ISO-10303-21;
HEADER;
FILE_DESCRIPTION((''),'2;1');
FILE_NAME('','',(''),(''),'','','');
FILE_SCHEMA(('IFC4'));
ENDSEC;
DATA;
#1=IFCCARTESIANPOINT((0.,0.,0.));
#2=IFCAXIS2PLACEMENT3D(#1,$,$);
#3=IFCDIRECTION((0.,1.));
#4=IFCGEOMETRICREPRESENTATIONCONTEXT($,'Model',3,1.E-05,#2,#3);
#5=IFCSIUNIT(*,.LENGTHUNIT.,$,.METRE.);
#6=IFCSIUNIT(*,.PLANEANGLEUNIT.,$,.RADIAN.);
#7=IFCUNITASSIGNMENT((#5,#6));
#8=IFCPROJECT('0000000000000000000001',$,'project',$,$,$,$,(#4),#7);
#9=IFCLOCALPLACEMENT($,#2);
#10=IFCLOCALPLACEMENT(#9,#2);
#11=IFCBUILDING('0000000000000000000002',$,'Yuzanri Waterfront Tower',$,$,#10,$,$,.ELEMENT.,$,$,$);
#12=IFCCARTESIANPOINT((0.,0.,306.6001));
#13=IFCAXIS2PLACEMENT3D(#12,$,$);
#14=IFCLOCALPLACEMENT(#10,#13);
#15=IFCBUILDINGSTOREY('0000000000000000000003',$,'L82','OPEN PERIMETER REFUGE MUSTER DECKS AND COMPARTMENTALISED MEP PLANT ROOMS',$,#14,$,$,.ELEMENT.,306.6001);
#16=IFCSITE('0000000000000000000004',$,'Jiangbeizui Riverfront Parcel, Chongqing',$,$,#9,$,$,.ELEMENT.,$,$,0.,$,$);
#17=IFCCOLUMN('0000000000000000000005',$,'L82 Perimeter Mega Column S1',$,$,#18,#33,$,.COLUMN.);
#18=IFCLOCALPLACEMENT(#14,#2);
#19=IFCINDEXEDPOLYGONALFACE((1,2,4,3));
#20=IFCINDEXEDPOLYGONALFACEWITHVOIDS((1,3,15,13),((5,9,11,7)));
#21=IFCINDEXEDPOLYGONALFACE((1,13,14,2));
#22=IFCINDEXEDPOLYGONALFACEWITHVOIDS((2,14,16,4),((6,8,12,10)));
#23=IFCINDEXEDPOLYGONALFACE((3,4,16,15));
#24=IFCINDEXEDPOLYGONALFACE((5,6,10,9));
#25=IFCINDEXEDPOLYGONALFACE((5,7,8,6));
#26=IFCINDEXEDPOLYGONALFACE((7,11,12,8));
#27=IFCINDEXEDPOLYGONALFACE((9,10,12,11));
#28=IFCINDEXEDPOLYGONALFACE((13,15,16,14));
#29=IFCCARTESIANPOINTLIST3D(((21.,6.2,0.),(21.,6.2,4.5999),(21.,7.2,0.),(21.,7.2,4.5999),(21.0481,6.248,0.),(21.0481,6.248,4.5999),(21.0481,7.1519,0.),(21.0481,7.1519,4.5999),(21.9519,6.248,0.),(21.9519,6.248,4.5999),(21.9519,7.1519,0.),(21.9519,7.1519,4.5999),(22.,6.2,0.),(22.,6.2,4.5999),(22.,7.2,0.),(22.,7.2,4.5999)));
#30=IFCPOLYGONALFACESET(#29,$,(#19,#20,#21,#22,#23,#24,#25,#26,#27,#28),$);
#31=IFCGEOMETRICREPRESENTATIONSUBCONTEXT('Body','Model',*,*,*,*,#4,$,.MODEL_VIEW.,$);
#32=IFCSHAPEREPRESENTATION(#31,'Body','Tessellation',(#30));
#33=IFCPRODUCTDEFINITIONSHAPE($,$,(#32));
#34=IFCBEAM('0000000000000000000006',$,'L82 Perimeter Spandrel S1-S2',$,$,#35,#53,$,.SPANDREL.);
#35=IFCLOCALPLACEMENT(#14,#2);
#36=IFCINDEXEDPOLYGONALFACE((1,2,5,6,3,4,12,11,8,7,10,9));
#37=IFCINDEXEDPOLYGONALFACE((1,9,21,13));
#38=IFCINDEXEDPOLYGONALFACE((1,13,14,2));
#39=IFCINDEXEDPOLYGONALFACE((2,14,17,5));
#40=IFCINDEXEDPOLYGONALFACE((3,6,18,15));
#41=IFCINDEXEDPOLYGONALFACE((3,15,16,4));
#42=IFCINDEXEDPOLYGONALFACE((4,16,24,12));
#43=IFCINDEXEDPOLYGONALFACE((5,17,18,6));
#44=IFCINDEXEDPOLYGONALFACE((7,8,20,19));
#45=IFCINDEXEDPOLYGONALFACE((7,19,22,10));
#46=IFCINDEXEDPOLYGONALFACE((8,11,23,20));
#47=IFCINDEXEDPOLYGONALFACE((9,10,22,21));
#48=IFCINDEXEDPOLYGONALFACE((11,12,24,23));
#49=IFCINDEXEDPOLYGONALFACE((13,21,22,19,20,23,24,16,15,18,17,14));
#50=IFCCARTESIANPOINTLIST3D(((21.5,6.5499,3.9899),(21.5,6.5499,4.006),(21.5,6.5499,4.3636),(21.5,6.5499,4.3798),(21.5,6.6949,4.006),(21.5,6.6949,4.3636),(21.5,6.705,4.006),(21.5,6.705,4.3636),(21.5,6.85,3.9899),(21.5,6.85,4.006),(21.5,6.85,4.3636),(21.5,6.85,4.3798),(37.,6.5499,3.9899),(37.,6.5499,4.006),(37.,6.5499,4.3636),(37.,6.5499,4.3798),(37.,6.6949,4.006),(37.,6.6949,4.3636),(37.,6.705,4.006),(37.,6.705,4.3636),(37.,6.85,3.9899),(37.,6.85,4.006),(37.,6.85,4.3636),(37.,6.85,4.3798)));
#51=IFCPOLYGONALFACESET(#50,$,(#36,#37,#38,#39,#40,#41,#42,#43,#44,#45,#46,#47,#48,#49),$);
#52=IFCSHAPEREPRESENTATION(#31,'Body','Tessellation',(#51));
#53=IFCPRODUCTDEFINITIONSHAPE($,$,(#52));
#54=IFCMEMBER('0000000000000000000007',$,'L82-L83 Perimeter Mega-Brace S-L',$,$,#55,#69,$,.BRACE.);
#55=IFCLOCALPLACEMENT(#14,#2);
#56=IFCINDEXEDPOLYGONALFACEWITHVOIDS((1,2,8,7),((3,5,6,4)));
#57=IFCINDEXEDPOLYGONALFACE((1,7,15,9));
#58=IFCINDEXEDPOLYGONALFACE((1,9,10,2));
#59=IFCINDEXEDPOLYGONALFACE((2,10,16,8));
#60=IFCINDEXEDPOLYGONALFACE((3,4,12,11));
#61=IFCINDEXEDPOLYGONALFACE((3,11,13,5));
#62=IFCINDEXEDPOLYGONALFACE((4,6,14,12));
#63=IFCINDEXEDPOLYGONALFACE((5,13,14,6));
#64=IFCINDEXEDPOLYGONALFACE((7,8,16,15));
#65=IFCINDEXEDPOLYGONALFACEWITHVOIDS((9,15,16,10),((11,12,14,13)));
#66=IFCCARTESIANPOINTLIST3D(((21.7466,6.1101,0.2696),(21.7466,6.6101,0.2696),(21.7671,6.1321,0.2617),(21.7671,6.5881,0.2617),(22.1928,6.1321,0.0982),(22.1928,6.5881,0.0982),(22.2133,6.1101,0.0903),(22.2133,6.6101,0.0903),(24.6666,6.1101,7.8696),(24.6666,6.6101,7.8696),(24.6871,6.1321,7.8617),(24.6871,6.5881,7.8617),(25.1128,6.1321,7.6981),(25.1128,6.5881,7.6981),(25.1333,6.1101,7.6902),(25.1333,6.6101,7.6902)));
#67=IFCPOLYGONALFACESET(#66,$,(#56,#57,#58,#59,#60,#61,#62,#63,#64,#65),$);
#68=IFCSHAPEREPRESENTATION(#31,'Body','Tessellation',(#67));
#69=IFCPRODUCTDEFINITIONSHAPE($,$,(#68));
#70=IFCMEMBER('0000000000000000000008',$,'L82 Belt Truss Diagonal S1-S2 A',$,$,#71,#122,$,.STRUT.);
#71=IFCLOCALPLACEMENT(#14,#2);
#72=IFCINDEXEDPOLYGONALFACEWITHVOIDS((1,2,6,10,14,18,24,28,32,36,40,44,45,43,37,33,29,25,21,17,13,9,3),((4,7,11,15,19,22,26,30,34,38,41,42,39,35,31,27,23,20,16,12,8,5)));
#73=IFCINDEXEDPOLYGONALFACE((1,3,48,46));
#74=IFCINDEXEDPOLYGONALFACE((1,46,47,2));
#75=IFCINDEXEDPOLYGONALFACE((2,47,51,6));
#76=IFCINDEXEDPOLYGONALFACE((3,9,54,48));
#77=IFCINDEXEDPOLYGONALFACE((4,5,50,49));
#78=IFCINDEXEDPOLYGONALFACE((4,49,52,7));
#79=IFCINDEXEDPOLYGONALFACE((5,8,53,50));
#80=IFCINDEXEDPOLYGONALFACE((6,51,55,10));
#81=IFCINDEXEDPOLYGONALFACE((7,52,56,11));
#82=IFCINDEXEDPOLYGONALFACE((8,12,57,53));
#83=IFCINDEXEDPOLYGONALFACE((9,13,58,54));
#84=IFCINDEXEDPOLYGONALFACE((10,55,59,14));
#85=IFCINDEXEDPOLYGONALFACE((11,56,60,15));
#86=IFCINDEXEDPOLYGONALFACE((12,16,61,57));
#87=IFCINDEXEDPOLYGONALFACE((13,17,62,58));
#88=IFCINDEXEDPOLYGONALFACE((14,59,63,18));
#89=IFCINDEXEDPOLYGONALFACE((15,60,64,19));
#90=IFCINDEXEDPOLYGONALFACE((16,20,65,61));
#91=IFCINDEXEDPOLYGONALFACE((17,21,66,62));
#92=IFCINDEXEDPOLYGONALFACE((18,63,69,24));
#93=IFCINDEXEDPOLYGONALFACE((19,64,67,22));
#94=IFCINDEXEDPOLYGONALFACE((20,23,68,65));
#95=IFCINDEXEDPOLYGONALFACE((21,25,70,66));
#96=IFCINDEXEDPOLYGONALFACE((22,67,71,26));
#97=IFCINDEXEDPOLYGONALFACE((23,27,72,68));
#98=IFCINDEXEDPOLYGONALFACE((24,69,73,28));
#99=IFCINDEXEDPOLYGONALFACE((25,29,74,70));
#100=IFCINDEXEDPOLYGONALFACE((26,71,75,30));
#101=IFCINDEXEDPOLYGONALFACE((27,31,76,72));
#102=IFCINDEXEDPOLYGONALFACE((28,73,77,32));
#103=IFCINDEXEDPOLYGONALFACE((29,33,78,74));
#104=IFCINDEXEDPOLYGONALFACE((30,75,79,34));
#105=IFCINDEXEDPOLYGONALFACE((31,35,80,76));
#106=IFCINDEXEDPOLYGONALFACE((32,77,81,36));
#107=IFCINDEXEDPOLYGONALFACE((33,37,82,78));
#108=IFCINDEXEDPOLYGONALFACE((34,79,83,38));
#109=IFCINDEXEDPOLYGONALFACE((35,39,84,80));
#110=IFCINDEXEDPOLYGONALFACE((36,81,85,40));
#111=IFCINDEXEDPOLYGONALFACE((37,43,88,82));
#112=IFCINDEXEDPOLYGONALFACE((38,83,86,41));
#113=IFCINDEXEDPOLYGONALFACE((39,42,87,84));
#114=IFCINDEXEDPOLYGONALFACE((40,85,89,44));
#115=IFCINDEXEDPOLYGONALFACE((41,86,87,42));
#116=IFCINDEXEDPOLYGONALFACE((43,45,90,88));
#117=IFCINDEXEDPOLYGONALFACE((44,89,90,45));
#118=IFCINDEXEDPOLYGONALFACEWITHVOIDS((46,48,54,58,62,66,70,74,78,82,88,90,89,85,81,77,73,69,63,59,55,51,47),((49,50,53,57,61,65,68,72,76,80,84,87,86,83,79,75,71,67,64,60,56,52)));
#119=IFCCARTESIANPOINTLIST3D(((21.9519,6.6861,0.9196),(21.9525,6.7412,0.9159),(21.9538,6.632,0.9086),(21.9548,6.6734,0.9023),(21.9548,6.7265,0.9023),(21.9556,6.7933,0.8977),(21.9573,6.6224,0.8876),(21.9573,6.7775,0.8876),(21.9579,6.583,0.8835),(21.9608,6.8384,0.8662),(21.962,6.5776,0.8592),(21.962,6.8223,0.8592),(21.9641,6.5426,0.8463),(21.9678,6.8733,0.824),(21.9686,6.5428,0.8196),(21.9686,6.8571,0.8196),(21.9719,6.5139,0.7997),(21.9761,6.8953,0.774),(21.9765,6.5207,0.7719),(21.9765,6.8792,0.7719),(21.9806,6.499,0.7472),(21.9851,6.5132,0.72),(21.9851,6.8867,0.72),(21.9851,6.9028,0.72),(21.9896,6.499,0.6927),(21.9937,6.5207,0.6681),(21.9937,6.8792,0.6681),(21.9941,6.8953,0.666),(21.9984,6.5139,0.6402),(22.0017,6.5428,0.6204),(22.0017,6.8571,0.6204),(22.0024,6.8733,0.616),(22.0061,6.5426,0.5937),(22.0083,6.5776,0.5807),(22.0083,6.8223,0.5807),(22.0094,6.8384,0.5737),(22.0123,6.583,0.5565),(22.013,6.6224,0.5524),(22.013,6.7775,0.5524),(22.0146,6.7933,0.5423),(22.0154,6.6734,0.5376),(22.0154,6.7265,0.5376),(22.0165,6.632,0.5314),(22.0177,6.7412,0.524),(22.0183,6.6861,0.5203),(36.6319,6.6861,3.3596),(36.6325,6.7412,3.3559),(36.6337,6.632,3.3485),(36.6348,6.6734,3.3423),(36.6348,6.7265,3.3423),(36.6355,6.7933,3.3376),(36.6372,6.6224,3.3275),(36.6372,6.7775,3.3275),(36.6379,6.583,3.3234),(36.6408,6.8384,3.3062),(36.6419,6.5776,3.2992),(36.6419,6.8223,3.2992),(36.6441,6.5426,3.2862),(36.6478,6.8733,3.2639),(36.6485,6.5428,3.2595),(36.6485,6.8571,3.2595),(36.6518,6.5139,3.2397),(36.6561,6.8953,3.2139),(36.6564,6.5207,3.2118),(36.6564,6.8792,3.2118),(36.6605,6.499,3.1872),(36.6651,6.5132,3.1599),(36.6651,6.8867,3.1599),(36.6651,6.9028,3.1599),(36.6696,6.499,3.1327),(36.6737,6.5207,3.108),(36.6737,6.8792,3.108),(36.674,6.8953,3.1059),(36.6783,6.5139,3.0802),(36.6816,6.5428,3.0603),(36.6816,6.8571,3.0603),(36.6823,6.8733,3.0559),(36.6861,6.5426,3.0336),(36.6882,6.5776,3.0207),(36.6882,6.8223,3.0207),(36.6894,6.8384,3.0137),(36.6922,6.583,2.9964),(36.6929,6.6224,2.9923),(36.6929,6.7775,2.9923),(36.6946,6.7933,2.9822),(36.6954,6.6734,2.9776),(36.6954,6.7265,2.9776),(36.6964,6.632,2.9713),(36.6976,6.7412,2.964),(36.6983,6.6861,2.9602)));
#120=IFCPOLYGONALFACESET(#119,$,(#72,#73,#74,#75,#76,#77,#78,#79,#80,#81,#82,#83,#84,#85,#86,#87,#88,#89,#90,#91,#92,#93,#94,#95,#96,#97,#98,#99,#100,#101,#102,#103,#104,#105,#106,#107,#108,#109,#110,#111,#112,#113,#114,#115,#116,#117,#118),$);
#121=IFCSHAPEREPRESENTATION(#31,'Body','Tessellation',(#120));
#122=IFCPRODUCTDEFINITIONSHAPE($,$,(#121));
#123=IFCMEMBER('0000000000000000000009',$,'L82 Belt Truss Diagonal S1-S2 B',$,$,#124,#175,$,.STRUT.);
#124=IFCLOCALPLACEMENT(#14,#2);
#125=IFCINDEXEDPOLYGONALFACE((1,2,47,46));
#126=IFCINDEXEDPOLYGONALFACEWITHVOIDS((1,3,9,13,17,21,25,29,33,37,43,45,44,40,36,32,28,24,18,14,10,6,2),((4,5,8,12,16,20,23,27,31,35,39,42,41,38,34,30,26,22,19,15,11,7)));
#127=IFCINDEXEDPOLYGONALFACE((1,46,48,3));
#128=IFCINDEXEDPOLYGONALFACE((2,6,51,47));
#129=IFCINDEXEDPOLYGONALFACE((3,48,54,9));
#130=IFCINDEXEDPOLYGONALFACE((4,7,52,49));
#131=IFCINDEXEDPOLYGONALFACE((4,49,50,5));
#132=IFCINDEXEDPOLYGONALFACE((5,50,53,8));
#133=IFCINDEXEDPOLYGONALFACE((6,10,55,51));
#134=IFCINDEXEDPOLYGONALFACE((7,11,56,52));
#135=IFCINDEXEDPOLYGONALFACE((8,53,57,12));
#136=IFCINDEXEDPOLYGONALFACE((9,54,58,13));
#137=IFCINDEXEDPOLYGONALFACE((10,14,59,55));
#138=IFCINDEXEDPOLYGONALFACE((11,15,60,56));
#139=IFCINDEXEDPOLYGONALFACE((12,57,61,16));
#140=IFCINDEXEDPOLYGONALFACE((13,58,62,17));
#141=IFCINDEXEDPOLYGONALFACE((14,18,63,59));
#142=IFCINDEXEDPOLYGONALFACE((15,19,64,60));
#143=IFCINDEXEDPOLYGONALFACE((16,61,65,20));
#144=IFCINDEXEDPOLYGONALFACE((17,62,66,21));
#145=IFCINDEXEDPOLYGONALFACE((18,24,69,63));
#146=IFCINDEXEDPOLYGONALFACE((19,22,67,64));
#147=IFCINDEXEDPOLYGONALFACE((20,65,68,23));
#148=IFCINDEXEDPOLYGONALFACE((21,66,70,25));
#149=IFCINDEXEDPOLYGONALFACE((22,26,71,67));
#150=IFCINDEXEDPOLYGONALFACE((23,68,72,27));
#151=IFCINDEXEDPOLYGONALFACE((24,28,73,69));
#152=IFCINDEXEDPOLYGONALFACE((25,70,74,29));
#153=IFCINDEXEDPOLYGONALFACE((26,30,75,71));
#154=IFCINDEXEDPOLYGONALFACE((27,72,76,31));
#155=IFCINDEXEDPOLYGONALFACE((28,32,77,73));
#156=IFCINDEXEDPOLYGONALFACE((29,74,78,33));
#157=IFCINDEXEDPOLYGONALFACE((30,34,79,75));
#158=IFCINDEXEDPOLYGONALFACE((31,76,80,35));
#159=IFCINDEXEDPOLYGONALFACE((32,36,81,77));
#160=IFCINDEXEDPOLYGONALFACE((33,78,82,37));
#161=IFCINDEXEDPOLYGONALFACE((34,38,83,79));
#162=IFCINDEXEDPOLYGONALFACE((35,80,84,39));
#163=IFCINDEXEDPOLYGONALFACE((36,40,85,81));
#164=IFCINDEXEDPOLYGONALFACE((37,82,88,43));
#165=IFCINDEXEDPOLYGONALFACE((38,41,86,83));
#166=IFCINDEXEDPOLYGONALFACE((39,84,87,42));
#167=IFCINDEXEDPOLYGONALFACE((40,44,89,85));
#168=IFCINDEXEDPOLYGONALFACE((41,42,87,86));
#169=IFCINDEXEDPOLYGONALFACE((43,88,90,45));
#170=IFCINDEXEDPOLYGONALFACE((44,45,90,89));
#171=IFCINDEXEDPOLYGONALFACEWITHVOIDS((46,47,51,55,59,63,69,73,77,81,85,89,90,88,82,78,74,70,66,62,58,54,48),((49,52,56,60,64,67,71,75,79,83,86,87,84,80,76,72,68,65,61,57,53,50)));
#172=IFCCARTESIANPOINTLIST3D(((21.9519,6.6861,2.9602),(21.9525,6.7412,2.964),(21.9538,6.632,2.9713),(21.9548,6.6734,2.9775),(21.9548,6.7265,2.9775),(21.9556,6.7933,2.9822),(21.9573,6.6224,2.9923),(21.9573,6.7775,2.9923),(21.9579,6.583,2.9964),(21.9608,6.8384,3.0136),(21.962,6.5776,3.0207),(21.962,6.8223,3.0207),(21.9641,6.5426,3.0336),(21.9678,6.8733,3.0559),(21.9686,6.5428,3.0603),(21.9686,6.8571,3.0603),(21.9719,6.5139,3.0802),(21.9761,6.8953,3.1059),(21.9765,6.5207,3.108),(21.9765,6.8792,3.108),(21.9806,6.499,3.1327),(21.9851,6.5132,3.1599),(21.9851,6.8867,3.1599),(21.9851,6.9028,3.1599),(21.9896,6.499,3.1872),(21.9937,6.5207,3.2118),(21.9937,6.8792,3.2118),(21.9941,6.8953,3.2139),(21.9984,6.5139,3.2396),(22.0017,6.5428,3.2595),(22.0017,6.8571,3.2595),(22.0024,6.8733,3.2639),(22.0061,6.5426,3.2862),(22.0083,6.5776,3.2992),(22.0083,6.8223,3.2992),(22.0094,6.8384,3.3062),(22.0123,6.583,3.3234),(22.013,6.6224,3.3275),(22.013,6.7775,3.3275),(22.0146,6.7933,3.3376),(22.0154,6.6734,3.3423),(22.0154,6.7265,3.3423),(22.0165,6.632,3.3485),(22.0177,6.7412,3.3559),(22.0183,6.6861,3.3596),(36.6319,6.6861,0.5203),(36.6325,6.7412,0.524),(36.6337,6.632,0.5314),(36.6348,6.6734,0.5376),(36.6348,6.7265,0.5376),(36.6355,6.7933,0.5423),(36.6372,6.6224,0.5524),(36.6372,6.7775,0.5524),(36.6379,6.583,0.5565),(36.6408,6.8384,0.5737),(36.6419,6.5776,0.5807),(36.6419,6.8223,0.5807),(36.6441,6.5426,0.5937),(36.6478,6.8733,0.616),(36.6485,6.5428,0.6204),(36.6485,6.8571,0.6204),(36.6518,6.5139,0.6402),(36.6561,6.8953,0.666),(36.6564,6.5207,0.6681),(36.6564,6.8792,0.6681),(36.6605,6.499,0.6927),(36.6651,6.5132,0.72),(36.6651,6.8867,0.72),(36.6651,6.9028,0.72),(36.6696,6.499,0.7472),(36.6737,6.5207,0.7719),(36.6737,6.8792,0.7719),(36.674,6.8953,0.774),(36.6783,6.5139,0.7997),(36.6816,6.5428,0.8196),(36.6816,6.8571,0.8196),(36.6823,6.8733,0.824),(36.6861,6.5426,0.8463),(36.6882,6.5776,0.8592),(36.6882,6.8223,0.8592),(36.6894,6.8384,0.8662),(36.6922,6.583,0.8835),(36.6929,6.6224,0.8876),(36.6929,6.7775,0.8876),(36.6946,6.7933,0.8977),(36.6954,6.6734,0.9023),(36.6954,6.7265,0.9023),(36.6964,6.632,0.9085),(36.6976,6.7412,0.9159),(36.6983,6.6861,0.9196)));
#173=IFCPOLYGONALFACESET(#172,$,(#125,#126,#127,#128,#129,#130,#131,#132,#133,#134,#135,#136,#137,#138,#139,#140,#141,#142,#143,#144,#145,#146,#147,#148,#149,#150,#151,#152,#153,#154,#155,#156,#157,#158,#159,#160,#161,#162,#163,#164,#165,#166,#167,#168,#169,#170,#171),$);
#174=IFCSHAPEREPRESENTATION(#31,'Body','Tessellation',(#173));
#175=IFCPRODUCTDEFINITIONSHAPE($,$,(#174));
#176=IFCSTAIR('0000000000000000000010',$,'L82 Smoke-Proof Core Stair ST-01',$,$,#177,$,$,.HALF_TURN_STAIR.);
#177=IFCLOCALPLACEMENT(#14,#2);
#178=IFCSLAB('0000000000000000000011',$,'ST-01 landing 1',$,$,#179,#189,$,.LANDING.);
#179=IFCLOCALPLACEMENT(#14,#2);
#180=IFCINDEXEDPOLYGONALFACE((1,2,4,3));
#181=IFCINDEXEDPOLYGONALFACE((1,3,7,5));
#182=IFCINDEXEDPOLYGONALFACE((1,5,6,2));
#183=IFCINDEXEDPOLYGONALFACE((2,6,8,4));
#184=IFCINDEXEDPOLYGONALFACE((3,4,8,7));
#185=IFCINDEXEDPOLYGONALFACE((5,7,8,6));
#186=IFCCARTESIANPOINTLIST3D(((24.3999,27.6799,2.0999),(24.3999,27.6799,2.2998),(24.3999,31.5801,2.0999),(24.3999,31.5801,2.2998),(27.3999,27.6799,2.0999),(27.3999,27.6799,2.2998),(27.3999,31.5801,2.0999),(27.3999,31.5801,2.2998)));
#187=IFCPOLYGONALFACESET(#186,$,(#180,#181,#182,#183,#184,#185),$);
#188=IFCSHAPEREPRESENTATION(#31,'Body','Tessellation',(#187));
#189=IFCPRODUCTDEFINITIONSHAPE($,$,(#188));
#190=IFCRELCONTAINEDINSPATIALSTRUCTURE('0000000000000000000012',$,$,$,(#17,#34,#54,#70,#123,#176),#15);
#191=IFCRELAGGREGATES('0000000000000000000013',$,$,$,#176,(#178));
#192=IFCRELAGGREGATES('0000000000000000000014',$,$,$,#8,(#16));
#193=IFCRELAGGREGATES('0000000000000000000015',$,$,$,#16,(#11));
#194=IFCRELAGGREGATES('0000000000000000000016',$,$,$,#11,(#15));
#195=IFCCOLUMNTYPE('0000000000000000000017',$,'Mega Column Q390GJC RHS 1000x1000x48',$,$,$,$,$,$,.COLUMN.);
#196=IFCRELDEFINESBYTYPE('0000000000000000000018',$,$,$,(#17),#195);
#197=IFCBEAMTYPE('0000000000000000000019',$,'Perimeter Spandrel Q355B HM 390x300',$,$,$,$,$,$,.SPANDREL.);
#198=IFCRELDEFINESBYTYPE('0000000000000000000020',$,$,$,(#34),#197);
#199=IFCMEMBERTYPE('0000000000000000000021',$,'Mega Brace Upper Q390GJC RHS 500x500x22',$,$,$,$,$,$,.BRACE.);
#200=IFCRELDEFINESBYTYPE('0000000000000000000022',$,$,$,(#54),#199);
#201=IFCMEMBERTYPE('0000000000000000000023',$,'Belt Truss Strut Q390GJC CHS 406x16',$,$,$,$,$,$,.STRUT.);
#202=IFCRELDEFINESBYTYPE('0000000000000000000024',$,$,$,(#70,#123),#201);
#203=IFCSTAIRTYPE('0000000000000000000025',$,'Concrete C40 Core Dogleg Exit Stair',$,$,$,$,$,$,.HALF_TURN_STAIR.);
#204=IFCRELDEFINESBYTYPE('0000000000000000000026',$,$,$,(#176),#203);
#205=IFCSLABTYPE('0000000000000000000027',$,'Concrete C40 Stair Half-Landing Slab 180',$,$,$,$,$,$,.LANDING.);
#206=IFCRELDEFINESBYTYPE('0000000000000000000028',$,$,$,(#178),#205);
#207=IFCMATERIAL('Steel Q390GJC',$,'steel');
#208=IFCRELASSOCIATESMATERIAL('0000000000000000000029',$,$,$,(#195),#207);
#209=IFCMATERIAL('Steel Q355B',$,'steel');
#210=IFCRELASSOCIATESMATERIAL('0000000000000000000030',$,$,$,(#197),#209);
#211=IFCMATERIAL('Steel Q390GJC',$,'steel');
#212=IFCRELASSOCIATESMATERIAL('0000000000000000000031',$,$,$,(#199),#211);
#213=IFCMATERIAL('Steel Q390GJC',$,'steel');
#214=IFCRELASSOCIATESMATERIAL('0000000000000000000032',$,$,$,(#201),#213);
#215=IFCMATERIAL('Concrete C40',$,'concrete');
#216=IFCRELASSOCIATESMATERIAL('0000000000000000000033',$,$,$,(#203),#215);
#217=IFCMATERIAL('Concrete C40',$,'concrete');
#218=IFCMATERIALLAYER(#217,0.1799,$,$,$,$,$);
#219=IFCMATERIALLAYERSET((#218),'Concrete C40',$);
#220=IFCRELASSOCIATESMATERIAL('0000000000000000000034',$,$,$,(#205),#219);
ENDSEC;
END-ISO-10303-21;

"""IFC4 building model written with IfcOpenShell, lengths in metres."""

from ifc_helpers import new_model, si_unit, direction, frame, origin, origin_2d, place, context, subcontext, project, spatial, polyline, hollow_rectangle, hollow_circle, i_section, outline, extrude, source, transform, mapped, material, layer, layer_set, material_profile, profile_set, type_object, element, aggregate, save


model = new_model("IFC4")

# Units and contexts
model_context = context("Model", 3, precision=1e-05, world=origin(), true_north=direction((0.0, 1.0)))
body_context = subcontext(model_context, "Body", "Model", "MODEL_VIEW")
ifc_project = project(units=[si_unit("LENGTHUNIT", "METRE"), si_unit("PLANEANGLEUNIT", "RADIAN")], contexts=[model_context])

# Site, building, storey
site_placement = place(None, origin())
site = spatial("IfcSite", under=ifc_project, at=site_placement, Name="Jiangbeizui Riverfront Parcel, Chongqing", CompositionType="ELEMENT", RefElevation=0.0)
building_placement = place(site_placement, origin())
building = spatial("IfcBuilding", under=site, at=building_placement, Name="Yuzanri Waterfront Tower", CompositionType="ELEMENT")
storey_placement = place(building_placement, frame((0.0, 0.0, 306.6001)))
storey = spatial("IfcBuildingStorey", under=building, at=storey_placement, Name="L82", Description="OPEN PERIMETER REFUGE MUSTER DECKS AND COMPARTMENTALISED MEP PLANT ROOMS", CompositionType="ELEMENT", Elevation=306.6001)

# Column
ifc_material_1 = material(Name="Steel Q390GJC", Category="steel")
ifc_material_profile_1 = material_profile(ifc_material_1, hollow_rectangle(XDim=1.0, YDim=1.0, WallThickness=0.0481, at=origin_2d()), Name="RHS 1000x1000x48")
ifc_profile_set_1 = profile_set([ifc_material_profile_1], Name="Steel Q390GJC")
column_type = type_object("IfcColumnType", Name="Mega Column Q390GJC RHS 1000x1000x48", PredefinedType="COLUMN", material=ifc_profile_set_1)
shared_shape_1 = source(origin(), body_context, "Body", "SweptSolid", [
    extrude(hollow_rectangle(XDim=1.0, YDim=1.0, WallThickness=0.0481, at=origin_2d()), origin(), (0.0, 0.0, 1.0), 4.5999),
])
column_placement = place(storey_placement, frame((21.5, 6.7, 0.0), z_axis=(0.0, 0.0, 1.0), x_axis=(1.0, 0.0, 0.0)))
element("IfcColumn", 1, at=column_placement, inside=storey, type_object=column_type, Name="L82 Perimeter Mega Column S1", PredefinedType="COLUMN", context=body_context, shape_type="MappedRepresentation", body=[
    mapped(shared_shape_1, transform((0.0, 0.0, 0.0), scale=1.0)),
])

# Beam
ifc_material_2 = material(Name="Steel Q355B", Category="steel")
ifc_material_profile_2 = material_profile(ifc_material_2, i_section(OverallWidth=0.3, OverallDepth=0.3899, WebThickness=0.01, FlangeThickness=0.0161, at=origin_2d()), Name="HM 390x300x10x16")
ifc_profile_set_2 = profile_set([ifc_material_profile_2], Name="Steel Q355B")
beam_type = type_object("IfcBeamType", Name="Perimeter Spandrel Q355B HM 390x300", PredefinedType="SPANDREL", material=ifc_profile_set_2)
shared_shape_2 = source(origin(), body_context, "Body", "SweptSolid", [
    extrude(i_section(OverallWidth=0.3, OverallDepth=0.3899, WebThickness=0.01, FlangeThickness=0.0161, at=origin_2d()), origin(), (0.0, 0.0, 1.0), 15.5),
])
beam_placement = place(storey_placement, frame((21.5, 6.7, 4.1848), z_axis=(1.0, 0.0, 0.0), x_axis=(0.0, 1.0, 0.0)))
element("IfcBeam", 2, at=beam_placement, inside=storey, type_object=beam_type, Name="L82 Perimeter Spandrel S1-S2", PredefinedType="SPANDREL", context=body_context, shape_type="MappedRepresentation", body=[
    mapped(shared_shape_2, transform((0.0, 0.0, 0.0), scale=1.0)),
])

# Members
ifc_material_3 = material(Name="Steel Q390GJC", Category="steel")
ifc_material_profile_3 = material_profile(ifc_material_3, hollow_rectangle(XDim=0.5, YDim=0.5, WallThickness=0.022, at=origin_2d()), Name="RHS 500x500x22")
ifc_profile_set_3 = profile_set([ifc_material_profile_3], Name="Steel Q390GJC")
member_type_1 = type_object("IfcMemberType", Name="Mega Brace Upper Q390GJC RHS 500x500x22", PredefinedType="BRACE", material=ifc_profile_set_3)
shared_shape_3 = source(origin(), body_context, "Body", "SweptSolid", [
    extrude(hollow_rectangle(XDim=0.5, YDim=0.5, WallThickness=0.022, at=origin_2d()), origin(), (0.0, 0.0, 1.0), 8.1416),
])
member_placement = place(storey_placement, frame((21.98, 6.3601, 0.1799), z_axis=(0.358647, 0.0, 0.933473), x_axis=(0.0, 1.0, 0.0)))
element("IfcMember", 3, at=member_placement, inside=storey, type_object=member_type_1, Name="L82-L83 Perimeter Mega-Brace S-L", PredefinedType="BRACE", context=body_context, shape_type="MappedRepresentation", body=[
    mapped(shared_shape_3, transform((0.0, 0.0, 0.0), scale=1.0)),
])
ifc_material_4 = material(Name="Steel Q390GJC", Category="steel")
ifc_material_profile_4 = material_profile(ifc_material_4, hollow_circle(Radius=0.2029, WallThickness=0.0161, at=origin_2d()), Name="CHS 406x16")
ifc_profile_set_4 = profile_set([ifc_material_profile_4], Name="Steel Q390GJC")
member_type_2 = type_object("IfcMemberType", Name="Belt Truss Strut Q390GJC CHS 406x16", PredefinedType="STRUT", material=ifc_profile_set_4)
shared_shape_4 = source(origin(), body_context, "Body", "SweptSolid", [
    extrude(hollow_circle(Radius=0.2029, WallThickness=0.0161, at=origin_2d()), origin(), (0.0, 0.0, 1.0), 14.8813),
])
for number, where, z_axis, x_axis, name in (
    (4, (21.9851, 6.7, 0.72), (0.986467, 0.0, 0.16396), (0.0, 1.0, 0.0), "L82 Belt Truss Diagonal S1-S2 A"),
    (5, (21.9851, 6.7, 3.1599), (0.986467, 0.0, -0.16396), (0.0, 1.0, 0.0), "L82 Belt Truss Diagonal S1-S2 B"),
):
    element("IfcMember", number, at=place(storey_placement, frame(where, z_axis=z_axis, x_axis=x_axis)), inside=storey, type_object=member_type_2, Name=name, PredefinedType="STRUT", context=body_context, shape_type="MappedRepresentation", body=[
        mapped(shared_shape_4, transform((0.0, 0.0, 0.0), scale=1.0)),
    ])

# Stair, slab
ifc_material_5 = material(Name="Concrete C40", Category="concrete")
stair_type = type_object("IfcStairType", Name="Concrete C40 Core Dogleg Exit Stair", PredefinedType="HALF_TURN_STAIR", material=ifc_material_5)
stair_1_placement = place(storey_placement, origin())
stair_1 = element("IfcStair", 6, at=stair_1_placement, inside=storey, type_object=stair_type, Name="L82 Smoke-Proof Core Stair ST-01", PredefinedType="HALF_TURN_STAIR")
ifc_material_6 = material(Name="Concrete C40", Category="concrete")
ifc_layer_1 = layer(ifc_material_6, 0.1799)
ifc_layer_set_1 = layer_set([ifc_layer_1], Name="Concrete C40")
slab_type_1 = type_object("IfcSlabType", Name="Concrete C40 Stair Half-Landing Slab 180", PredefinedType="LANDING", material=ifc_layer_set_1)
slab_1_placement = place(storey_placement, frame((0.0, 0.0, 2.0999)))
slab_1 = element("IfcSlab", 7, at=slab_1_placement, type_object=slab_type_1, Name="ST-01 landing 1", PredefinedType="LANDING", context=body_context, shape_type="SweptSolid", body=[
    extrude(outline(polyline([(27.3999, 27.6799), (27.3999, 31.5801), (24.3999, 31.5801), (24.3999, 27.6799), (27.3999, 27.6799)])), origin(), (0.0, 0.0, 1.0), 0.2),
])
aggregate(stair_1, [slab_1])

save(model, "model.ifc")
